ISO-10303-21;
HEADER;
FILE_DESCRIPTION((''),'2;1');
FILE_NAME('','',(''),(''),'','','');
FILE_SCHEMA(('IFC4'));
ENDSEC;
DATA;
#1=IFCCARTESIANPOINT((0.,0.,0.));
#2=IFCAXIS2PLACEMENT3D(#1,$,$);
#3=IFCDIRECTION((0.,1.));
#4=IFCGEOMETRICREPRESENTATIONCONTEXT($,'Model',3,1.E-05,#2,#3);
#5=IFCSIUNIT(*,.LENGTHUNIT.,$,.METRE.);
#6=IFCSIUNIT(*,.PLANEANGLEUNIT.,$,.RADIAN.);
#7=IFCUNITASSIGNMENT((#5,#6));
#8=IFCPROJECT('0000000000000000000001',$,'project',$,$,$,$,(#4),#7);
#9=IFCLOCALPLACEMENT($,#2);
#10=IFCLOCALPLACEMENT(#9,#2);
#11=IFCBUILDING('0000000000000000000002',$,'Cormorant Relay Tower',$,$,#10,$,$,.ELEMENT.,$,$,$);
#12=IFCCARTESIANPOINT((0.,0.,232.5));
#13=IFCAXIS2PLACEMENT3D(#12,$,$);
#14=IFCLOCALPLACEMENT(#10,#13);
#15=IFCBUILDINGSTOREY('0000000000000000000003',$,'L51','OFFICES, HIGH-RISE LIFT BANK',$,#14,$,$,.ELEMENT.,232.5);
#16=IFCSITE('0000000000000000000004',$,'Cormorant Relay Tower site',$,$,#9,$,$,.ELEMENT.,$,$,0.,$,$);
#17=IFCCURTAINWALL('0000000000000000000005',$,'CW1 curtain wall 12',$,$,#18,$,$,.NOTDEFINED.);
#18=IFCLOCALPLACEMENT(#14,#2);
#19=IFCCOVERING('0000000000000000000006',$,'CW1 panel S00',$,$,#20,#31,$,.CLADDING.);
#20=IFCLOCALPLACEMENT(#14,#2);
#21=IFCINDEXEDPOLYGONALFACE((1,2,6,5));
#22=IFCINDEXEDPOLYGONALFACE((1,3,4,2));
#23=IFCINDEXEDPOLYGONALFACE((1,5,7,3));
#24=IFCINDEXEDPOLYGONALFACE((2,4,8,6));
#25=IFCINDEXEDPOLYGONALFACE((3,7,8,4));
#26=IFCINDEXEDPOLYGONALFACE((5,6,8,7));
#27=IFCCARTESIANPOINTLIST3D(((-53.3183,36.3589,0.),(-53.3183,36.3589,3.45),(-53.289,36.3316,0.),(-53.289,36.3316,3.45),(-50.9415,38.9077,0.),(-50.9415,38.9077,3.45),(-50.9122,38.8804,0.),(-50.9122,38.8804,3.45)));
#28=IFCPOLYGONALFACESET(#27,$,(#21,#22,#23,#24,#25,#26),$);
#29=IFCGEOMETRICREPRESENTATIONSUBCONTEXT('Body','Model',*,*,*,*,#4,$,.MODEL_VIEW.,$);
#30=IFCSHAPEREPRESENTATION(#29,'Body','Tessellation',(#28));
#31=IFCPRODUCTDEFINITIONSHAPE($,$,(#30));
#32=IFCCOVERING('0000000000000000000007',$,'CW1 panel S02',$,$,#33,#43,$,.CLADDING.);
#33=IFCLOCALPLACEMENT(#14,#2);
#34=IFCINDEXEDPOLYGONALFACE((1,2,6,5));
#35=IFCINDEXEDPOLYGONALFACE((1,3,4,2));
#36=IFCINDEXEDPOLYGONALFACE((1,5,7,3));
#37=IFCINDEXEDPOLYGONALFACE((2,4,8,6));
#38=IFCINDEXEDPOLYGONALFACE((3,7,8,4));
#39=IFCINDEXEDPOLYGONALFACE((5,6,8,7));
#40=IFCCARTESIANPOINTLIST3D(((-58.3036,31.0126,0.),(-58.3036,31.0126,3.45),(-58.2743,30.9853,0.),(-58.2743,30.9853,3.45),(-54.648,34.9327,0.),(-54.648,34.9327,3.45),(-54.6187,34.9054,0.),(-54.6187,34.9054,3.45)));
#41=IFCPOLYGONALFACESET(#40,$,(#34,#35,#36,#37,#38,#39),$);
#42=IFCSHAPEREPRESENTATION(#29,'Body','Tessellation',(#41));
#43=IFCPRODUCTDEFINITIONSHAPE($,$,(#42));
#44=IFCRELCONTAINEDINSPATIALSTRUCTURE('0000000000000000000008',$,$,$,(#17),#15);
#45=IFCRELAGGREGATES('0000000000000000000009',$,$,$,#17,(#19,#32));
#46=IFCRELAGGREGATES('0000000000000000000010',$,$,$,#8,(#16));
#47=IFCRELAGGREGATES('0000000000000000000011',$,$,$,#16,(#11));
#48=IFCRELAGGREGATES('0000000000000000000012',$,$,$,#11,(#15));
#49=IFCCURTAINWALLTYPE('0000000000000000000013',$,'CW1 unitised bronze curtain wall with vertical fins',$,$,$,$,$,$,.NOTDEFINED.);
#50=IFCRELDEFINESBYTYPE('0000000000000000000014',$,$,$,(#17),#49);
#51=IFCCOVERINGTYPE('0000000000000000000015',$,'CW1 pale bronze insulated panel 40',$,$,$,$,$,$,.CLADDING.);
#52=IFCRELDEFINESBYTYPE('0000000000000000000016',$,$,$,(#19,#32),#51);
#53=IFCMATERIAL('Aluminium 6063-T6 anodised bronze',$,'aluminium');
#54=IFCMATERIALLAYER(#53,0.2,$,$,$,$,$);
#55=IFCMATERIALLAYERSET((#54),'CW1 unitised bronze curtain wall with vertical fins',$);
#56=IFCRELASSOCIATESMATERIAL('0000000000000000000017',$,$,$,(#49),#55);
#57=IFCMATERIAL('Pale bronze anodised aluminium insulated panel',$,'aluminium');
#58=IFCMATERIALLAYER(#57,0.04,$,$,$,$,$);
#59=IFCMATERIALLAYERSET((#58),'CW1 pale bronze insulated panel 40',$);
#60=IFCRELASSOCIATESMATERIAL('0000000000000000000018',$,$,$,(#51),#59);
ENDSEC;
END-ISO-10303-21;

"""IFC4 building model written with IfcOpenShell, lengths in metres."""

from ifc_helpers import new_model, si_unit, direction, frame, origin, origin_2d, place, context, subcontext, project, spatial, rectangle, extrude, material, layer, layer_set, type_object, element, aggregate, save


model = new_model("IFC4")

# Units and contexts
model_context = context("Model", 3, precision=1e-05, world=origin(), true_north=direction((0.0, 1.0)))
body_context = subcontext(model_context, "Body", "Model", "MODEL_VIEW")
ifc_project = project(units=[si_unit("LENGTHUNIT", "METRE"), si_unit("PLANEANGLEUNIT", "RADIAN")], contexts=[model_context])

# Site, building, storey
site_placement = place(None, origin())
site = spatial("IfcSite", under=ifc_project, at=site_placement, Name="Cormorant Relay Tower site", CompositionType="ELEMENT", RefElevation=0.0)
building_placement = place(site_placement, origin())
building = spatial("IfcBuilding", under=site, at=building_placement, Name="Cormorant Relay Tower", CompositionType="ELEMENT")
storey_placement = place(building_placement, frame((0.0, 0.0, 232.5)))
storey = spatial("IfcBuildingStorey", under=building, at=storey_placement, Name="L51", Description="OFFICES, HIGH-RISE LIFT BANK", CompositionType="ELEMENT", Elevation=232.5)

# Shared definitions
ifc_material_1 = material(Name="Aluminium 6063-T6 anodised bronze", Category="aluminium")
ifc_layer_1 = layer(ifc_material_1, 0.2)
ifc_layer_set_1 = layer_set([ifc_layer_1], Name="CW1 unitised bronze curtain wall with vertical fins")
curtain_wall_type = type_object("IfcCurtainWallType", Name="CW1 unitised bronze curtain wall with vertical fins", PredefinedType="NOTDEFINED", material=ifc_layer_set_1)

# Curtain wall
curtain_wall_1_placement = place(storey_placement, origin())
curtain_wall_1 = element("IfcCurtainWall", 1, at=curtain_wall_1_placement, inside=storey, type_object=curtain_wall_type, Name="CW1 curtain wall 12", PredefinedType="NOTDEFINED")

# Coverings
ifc_material_2 = material(Name="Pale bronze anodised aluminium insulated panel", Category="aluminium")
ifc_layer_2 = layer(ifc_material_2, 0.04)
ifc_layer_set_2 = layer_set([ifc_layer_2], Name="CW1 pale bronze insulated panel 40")
covering_type = type_object("IfcCoveringType", Name="CW1 pale bronze insulated panel 40", PredefinedType="CLADDING", material=ifc_layer_set_2)
covering_1_placement = place(storey_placement, frame((-52.1152, 37.6196, 0.0), z_axis=(0.0, 0.0, 1.0), x_axis=(-0.681998, -0.731354, 0.0)))
covering_1 = element("IfcCovering", 2, at=covering_1_placement, type_object=covering_type, Name="CW1 panel S00", PredefinedType="CLADDING", context=body_context, shape_type="SweptSolid", body=[
    extrude(rectangle(XDim=3.4851, YDim=0.04, at=origin_2d()), origin(), (0.0, 0.0, 1.0), 3.45),
])
covering_2_placement = place(storey_placement, frame((-56.4612, 32.959, 0.0), z_axis=(0.0, 0.0, 1.0), x_axis=(-0.681998, -0.731354, 0.0)))
covering_2 = element("IfcCovering", 3, at=covering_2_placement, type_object=covering_type, Name="CW1 panel S02", PredefinedType="CLADDING", context=body_context, shape_type="SweptSolid", body=[
    extrude(rectangle(XDim=5.3601, YDim=0.04, at=origin_2d()), origin(), (0.0, 0.0, 1.0), 3.45),
])
aggregate(curtain_wall_1, [covering_1, covering_2])

save(model, "model.ifc")
